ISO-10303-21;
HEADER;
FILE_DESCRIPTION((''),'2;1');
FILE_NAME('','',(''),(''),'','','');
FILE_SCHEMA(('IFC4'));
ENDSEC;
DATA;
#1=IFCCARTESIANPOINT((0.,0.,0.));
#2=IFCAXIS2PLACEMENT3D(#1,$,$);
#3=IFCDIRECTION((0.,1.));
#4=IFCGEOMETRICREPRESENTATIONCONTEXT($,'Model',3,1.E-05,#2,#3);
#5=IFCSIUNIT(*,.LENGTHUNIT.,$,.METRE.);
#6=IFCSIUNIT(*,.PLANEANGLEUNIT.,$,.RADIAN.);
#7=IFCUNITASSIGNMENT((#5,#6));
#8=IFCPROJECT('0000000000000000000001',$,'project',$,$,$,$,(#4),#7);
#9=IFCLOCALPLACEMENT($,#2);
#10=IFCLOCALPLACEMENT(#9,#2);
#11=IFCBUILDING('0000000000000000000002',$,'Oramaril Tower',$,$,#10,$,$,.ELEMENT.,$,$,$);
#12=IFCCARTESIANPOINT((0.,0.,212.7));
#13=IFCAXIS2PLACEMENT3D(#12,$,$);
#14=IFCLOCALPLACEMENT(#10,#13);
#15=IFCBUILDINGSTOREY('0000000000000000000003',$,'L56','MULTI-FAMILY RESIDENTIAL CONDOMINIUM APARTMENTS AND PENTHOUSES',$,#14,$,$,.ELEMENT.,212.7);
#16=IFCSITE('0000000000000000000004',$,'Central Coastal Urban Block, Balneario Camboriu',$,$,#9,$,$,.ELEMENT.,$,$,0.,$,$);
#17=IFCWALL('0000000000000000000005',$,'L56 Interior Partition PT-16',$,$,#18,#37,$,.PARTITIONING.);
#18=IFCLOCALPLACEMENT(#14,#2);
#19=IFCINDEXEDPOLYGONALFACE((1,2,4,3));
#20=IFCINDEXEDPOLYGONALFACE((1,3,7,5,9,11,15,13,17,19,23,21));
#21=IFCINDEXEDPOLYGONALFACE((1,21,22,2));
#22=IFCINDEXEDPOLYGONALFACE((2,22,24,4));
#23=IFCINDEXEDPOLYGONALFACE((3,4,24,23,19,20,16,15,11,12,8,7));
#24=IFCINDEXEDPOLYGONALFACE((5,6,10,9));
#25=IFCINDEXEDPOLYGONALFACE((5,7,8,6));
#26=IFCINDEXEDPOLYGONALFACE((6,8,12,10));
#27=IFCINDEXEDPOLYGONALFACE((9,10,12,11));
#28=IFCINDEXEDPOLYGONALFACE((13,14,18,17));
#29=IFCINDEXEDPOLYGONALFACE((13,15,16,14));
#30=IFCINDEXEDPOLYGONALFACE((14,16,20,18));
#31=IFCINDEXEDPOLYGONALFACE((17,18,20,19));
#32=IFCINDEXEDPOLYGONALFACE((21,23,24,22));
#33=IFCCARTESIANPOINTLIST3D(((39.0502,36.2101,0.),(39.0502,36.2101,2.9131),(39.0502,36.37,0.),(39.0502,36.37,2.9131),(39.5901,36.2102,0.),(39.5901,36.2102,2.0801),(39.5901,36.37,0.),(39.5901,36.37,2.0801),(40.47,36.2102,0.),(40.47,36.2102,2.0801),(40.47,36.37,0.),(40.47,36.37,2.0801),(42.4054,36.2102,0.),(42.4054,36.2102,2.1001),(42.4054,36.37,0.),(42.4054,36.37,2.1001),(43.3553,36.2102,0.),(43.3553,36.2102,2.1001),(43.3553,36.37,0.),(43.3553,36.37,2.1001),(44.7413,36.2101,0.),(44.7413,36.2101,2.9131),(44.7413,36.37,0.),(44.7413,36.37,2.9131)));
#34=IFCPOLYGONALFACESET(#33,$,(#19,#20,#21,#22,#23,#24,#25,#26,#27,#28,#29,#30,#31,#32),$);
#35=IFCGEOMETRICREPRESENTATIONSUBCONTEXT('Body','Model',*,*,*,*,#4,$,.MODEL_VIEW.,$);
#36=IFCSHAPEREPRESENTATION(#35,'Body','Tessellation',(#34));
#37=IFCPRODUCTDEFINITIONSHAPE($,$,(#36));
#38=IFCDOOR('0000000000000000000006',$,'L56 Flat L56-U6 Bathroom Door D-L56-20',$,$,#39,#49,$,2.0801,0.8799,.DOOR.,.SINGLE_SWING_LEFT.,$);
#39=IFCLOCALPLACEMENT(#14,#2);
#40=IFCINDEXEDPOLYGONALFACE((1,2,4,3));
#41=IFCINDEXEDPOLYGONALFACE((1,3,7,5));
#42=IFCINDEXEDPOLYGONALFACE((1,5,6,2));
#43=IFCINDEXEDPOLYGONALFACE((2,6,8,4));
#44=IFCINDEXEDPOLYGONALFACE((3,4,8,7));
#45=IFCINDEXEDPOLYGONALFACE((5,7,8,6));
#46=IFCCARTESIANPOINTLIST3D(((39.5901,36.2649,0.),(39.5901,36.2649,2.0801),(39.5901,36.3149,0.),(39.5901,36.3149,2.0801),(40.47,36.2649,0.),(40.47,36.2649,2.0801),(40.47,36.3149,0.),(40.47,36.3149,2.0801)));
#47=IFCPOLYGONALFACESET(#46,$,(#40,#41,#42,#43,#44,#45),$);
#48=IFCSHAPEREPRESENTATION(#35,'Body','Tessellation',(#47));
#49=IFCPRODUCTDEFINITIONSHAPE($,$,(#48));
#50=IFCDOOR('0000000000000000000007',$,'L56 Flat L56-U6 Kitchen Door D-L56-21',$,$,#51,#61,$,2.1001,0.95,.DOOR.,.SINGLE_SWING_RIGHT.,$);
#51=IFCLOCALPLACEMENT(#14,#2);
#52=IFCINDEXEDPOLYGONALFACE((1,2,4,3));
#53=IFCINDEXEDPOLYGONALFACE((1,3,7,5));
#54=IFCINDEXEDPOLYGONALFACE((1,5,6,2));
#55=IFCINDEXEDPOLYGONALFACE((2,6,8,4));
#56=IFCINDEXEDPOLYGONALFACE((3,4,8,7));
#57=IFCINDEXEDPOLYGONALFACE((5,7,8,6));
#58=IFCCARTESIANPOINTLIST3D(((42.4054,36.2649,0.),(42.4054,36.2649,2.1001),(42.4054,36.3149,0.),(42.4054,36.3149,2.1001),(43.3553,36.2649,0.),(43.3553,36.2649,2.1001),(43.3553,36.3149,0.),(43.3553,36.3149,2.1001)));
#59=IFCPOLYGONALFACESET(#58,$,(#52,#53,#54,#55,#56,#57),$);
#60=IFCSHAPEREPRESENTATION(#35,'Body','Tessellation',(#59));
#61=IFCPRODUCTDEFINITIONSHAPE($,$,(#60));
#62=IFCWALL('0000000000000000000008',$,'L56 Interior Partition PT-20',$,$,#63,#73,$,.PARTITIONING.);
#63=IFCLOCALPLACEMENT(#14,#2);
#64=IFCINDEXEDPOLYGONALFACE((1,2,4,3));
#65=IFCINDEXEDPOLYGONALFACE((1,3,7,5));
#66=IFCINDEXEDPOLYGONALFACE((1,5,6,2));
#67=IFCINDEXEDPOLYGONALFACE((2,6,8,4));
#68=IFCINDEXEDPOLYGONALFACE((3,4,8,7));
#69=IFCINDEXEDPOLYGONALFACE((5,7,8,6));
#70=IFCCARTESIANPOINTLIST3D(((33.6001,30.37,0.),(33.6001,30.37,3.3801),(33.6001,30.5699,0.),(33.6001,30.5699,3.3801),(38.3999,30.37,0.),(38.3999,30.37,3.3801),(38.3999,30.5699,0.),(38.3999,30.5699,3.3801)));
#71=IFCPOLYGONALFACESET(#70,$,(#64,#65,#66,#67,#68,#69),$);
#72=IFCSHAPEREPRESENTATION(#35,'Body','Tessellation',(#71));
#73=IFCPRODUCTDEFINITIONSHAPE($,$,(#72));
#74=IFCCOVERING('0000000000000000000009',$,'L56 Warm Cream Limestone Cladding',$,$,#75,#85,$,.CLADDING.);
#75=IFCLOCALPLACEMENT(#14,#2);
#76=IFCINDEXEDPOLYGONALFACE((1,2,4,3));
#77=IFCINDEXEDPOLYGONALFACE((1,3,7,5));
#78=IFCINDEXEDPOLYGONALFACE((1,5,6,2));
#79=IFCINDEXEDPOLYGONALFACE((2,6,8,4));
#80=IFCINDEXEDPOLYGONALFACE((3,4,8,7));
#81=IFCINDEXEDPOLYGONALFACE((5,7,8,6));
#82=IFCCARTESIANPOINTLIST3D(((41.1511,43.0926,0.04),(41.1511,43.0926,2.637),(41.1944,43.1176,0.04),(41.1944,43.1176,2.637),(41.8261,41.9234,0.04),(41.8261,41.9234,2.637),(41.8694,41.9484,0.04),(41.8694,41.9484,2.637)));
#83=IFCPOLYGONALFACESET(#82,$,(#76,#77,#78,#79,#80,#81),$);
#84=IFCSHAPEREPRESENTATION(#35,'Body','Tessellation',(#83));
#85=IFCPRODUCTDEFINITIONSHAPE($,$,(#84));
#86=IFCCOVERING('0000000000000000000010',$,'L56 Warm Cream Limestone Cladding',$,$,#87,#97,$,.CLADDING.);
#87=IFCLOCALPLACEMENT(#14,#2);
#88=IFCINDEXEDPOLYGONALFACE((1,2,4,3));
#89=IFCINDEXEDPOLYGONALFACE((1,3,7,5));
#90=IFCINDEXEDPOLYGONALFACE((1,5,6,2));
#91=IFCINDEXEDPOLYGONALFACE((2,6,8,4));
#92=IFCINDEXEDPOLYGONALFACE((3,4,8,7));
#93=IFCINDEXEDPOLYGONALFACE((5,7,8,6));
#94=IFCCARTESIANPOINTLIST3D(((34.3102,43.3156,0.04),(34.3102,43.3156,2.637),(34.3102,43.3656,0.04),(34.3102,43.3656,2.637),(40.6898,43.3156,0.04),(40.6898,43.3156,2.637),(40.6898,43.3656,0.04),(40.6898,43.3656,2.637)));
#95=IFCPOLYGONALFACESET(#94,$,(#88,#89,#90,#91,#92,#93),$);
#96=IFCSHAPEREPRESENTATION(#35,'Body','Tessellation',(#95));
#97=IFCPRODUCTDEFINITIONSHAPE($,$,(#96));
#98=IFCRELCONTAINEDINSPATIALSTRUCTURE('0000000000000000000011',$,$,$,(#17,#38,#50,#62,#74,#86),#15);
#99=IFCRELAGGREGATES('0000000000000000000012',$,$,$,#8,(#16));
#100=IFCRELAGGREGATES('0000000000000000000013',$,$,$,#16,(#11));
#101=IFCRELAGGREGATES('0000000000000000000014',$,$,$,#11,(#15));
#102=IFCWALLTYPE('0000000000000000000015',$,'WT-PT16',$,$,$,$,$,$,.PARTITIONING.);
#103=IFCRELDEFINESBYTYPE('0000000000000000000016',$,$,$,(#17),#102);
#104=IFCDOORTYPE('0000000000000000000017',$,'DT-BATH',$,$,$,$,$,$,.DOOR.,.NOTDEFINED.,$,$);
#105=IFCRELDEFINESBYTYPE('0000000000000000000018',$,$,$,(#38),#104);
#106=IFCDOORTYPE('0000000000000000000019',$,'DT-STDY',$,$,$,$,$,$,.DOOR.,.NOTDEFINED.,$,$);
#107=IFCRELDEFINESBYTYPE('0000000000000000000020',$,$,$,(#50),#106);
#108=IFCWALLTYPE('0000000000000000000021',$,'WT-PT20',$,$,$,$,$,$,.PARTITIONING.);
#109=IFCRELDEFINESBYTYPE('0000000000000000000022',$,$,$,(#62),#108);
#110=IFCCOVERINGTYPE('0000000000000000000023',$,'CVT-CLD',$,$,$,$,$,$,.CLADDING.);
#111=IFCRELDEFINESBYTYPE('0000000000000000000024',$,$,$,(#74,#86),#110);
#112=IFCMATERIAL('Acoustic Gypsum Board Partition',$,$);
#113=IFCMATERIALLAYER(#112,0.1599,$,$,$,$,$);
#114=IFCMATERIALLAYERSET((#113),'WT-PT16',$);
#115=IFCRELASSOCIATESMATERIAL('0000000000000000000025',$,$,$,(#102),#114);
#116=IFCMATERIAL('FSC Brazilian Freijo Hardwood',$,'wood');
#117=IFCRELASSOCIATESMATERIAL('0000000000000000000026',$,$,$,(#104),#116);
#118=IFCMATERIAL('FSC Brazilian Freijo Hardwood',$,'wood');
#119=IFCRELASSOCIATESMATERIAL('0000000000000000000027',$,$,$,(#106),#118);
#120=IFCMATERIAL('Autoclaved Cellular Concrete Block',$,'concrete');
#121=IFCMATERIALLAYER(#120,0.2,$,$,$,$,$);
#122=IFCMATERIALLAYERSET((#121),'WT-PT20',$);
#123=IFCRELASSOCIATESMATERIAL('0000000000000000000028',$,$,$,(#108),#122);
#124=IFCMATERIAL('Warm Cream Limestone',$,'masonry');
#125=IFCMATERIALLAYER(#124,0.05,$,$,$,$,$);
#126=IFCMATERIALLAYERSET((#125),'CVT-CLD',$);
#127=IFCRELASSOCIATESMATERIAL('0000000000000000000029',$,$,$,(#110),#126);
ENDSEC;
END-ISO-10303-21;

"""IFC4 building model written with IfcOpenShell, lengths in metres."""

from ifc_helpers import new_model, si_unit, direction, frame, frame_2d, origin, origin_2d, place, context, subcontext, project, spatial, rectangle, extrude, material, layer, layer_set, type_object, element, fill, save


model = new_model("IFC4")

# Units and contexts
model_context = context("Model", 3, precision=1e-05, world=origin(), true_north=direction((0.0, 1.0)))
body_context = subcontext(model_context, "Body", "Model", "MODEL_VIEW")
ifc_project = project(units=[si_unit("LENGTHUNIT", "METRE"), si_unit("PLANEANGLEUNIT", "RADIAN")], contexts=[model_context])

# Site, building, storey
site_placement = place(None, origin())
site = spatial("IfcSite", under=ifc_project, at=site_placement, Name="Central Coastal Urban Block, Balneario Camboriu", CompositionType="ELEMENT", RefElevation=0.0)
building_placement = place(site_placement, origin())
building = spatial("IfcBuilding", under=site, at=building_placement, Name="Oramaril Tower", CompositionType="ELEMENT")
storey_placement = place(building_placement, frame((0.0, 0.0, 212.7)))
storey = spatial("IfcBuildingStorey", under=building, at=storey_placement, Name="L56", Description="MULTI-FAMILY RESIDENTIAL CONDOMINIUM APARTMENTS AND PENTHOUSES", CompositionType="ELEMENT", Elevation=212.7)

# Wall, openings, doors
ifc_material_1 = material(Name="Acoustic Gypsum Board Partition")
ifc_layer_1 = layer(ifc_material_1, 0.1599)
ifc_layer_set_1 = layer_set([ifc_layer_1], Name="WT-PT16")
wall_type_1 = type_object("IfcWallType", Name="WT-PT16", PredefinedType="PARTITIONING", material=ifc_layer_set_1)
wall_1_placement = place(storey_placement, frame((39.05, 36.29, 0.0), z_axis=(0.0, 0.0, 1.0), x_axis=(1.0, 0.0, 0.0)))
wall_1 = element("IfcWall", 1, at=wall_1_placement, inside=storey, type_object=wall_type_1, Name="L56 Interior Partition PT-16", PredefinedType="PARTITIONING", context=body_context, shape_type="SweptSolid", body=[
    extrude(rectangle(XDim=5.6912, YDim=0.1599, at=frame_2d((2.8457, 0.0))), origin(), (0.0, 0.0, 1.0), 2.9131),
])
opening_1_placement = place(wall_1_placement, frame((0.54, 0.0, 0.0)))
opening_1 = element("IfcOpeningElement", 2, at=opening_1_placement, cuts=wall_1, PredefinedType="OPENING", context=body_context, shape_type="SweptSolid", body=[
    extrude(rectangle(XDim=0.8799, YDim=2.0801, at=frame_2d((0.4399, 1.04))), frame((0.0, 0.0801, 0.0), z_axis=(0.0, -1.0, 0.0), x_axis=(1.0, 0.0, 0.0)), (0.0, 0.0, 1.0), 0.1599),
])
opening_2_placement = place(wall_1_placement, frame((3.3552, 0.0, 0.0)))
opening_2 = element("IfcOpeningElement", 3, at=opening_2_placement, cuts=wall_1, PredefinedType="OPENING", context=body_context, shape_type="SweptSolid", body=[
    extrude(rectangle(XDim=0.95, YDim=2.1001, at=frame_2d((0.4751, 1.05))), frame((0.0, 0.0801, 0.0), z_axis=(0.0, -1.0, 0.0), x_axis=(1.0, 0.0, 0.0)), (0.0, 0.0, 1.0), 0.1599),
])
ifc_material_2 = material(Name="FSC Brazilian Freijo Hardwood", Category="wood")
door_type_1 = type_object("IfcDoorType", Name="DT-BATH", OperationType="NOTDEFINED", PredefinedType="DOOR", material=ifc_material_2)
door_1_placement = place(opening_1_placement, origin())
door_1 = element("IfcDoor", 4, at=door_1_placement, inside=storey, type_object=door_type_1, Name="L56 Flat L56-U6 Bathroom Door D-L56-20", OperationType="SINGLE_SWING_LEFT", OverallHeight=2.0801, OverallWidth=0.8799, PredefinedType="DOOR", context=body_context, shape_type="SweptSolid", body=[
    extrude(rectangle(XDim=0.8799, YDim=2.0801, at=frame_2d((0.4399, 1.04))), frame((0.0, 0.0249, 0.0), z_axis=(0.0, -1.0, 0.0), x_axis=(1.0, 0.0, 0.0)), (0.0, 0.0, 1.0), 0.05),
])
fill(opening_1, door_1)
ifc_material_3 = material(Name="FSC Brazilian Freijo Hardwood", Category="wood")
door_type_2 = type_object("IfcDoorType", Name="DT-STDY", OperationType="NOTDEFINED", PredefinedType="DOOR", material=ifc_material_3)
door_2_placement = place(opening_2_placement, origin())
door_2 = element("IfcDoor", 5, at=door_2_placement, inside=storey, type_object=door_type_2, Name="L56 Flat L56-U6 Kitchen Door D-L56-21", OperationType="SINGLE_SWING_RIGHT", OverallHeight=2.1001, OverallWidth=0.95, PredefinedType="DOOR", context=body_context, shape_type="SweptSolid", body=[
    extrude(rectangle(XDim=0.95, YDim=2.1001, at=frame_2d((0.4751, 1.05))), frame((0.0, 0.0249, 0.0), z_axis=(0.0, -1.0, 0.0), x_axis=(1.0, 0.0, 0.0)), (0.0, 0.0, 1.0), 0.05),
])
fill(opening_2, door_2)

# Wall
ifc_material_4 = material(Name="Autoclaved Cellular Concrete Block", Category="concrete")
ifc_layer_2 = layer(ifc_material_4, 0.2)
ifc_layer_set_2 = layer_set([ifc_layer_2], Name="WT-PT20")
wall_type_2 = type_object("IfcWallType", Name="WT-PT20", PredefinedType="PARTITIONING", material=ifc_layer_set_2)
wall_2_placement = place(storey_placement, frame((33.6001, 30.47, 0.0), z_axis=(0.0, 0.0, 1.0), x_axis=(1.0, 0.0, 0.0)))
element("IfcWall", 6, at=wall_2_placement, inside=storey, type_object=wall_type_2, Name="L56 Interior Partition PT-20", PredefinedType="PARTITIONING", context=body_context, shape_type="SweptSolid", body=[
    extrude(rectangle(XDim=4.7998, YDim=0.2, at=frame_2d((2.3999, 0.0))), origin(), (0.0, 0.0, 1.0), 3.3801),
])

# Coverings
ifc_material_5 = material(Name="Warm Cream Limestone", Category="masonry")
ifc_layer_3 = layer(ifc_material_5, 0.05)
ifc_layer_set_3 = layer_set([ifc_layer_3], Name="CVT-CLD")
covering_type = type_object("IfcCoveringType", Name="CVT-CLD", PredefinedType="CLADDING", material=ifc_layer_set_3)
covering_1_placement = place(storey_placement, frame((41.5103, 42.5205, 0.04), z_axis=(0.0, 0.0, 1.0), x_axis=(-0.499998, 0.866026, 0.0)))
element("IfcCovering", 7, at=covering_1_placement, inside=storey, type_object=covering_type, Name="L56 Warm Cream Limestone Cladding", PredefinedType="CLADDING", context=body_context, shape_type="SweptSolid", body=[
    extrude(rectangle(XDim=1.3501, YDim=0.05, at=origin_2d()), origin(), (0.0, 0.0, 1.0), 2.5969),
])
covering_2_placement = place(storey_placement, frame((37.5, 43.3406, 0.04), z_axis=(0.0, 0.0, 1.0), x_axis=(-1.0, 0.0, 0.0)))
element("IfcCovering", 8, at=covering_2_placement, inside=storey, type_object=covering_type, Name="L56 Warm Cream Limestone Cladding", PredefinedType="CLADDING", context=body_context, shape_type="SweptSolid", body=[
    extrude(rectangle(XDim=6.3796, YDim=0.05, at=origin_2d()), origin(), (0.0, 0.0, 1.0), 2.5969),
])

save(model, "model.ifc")
